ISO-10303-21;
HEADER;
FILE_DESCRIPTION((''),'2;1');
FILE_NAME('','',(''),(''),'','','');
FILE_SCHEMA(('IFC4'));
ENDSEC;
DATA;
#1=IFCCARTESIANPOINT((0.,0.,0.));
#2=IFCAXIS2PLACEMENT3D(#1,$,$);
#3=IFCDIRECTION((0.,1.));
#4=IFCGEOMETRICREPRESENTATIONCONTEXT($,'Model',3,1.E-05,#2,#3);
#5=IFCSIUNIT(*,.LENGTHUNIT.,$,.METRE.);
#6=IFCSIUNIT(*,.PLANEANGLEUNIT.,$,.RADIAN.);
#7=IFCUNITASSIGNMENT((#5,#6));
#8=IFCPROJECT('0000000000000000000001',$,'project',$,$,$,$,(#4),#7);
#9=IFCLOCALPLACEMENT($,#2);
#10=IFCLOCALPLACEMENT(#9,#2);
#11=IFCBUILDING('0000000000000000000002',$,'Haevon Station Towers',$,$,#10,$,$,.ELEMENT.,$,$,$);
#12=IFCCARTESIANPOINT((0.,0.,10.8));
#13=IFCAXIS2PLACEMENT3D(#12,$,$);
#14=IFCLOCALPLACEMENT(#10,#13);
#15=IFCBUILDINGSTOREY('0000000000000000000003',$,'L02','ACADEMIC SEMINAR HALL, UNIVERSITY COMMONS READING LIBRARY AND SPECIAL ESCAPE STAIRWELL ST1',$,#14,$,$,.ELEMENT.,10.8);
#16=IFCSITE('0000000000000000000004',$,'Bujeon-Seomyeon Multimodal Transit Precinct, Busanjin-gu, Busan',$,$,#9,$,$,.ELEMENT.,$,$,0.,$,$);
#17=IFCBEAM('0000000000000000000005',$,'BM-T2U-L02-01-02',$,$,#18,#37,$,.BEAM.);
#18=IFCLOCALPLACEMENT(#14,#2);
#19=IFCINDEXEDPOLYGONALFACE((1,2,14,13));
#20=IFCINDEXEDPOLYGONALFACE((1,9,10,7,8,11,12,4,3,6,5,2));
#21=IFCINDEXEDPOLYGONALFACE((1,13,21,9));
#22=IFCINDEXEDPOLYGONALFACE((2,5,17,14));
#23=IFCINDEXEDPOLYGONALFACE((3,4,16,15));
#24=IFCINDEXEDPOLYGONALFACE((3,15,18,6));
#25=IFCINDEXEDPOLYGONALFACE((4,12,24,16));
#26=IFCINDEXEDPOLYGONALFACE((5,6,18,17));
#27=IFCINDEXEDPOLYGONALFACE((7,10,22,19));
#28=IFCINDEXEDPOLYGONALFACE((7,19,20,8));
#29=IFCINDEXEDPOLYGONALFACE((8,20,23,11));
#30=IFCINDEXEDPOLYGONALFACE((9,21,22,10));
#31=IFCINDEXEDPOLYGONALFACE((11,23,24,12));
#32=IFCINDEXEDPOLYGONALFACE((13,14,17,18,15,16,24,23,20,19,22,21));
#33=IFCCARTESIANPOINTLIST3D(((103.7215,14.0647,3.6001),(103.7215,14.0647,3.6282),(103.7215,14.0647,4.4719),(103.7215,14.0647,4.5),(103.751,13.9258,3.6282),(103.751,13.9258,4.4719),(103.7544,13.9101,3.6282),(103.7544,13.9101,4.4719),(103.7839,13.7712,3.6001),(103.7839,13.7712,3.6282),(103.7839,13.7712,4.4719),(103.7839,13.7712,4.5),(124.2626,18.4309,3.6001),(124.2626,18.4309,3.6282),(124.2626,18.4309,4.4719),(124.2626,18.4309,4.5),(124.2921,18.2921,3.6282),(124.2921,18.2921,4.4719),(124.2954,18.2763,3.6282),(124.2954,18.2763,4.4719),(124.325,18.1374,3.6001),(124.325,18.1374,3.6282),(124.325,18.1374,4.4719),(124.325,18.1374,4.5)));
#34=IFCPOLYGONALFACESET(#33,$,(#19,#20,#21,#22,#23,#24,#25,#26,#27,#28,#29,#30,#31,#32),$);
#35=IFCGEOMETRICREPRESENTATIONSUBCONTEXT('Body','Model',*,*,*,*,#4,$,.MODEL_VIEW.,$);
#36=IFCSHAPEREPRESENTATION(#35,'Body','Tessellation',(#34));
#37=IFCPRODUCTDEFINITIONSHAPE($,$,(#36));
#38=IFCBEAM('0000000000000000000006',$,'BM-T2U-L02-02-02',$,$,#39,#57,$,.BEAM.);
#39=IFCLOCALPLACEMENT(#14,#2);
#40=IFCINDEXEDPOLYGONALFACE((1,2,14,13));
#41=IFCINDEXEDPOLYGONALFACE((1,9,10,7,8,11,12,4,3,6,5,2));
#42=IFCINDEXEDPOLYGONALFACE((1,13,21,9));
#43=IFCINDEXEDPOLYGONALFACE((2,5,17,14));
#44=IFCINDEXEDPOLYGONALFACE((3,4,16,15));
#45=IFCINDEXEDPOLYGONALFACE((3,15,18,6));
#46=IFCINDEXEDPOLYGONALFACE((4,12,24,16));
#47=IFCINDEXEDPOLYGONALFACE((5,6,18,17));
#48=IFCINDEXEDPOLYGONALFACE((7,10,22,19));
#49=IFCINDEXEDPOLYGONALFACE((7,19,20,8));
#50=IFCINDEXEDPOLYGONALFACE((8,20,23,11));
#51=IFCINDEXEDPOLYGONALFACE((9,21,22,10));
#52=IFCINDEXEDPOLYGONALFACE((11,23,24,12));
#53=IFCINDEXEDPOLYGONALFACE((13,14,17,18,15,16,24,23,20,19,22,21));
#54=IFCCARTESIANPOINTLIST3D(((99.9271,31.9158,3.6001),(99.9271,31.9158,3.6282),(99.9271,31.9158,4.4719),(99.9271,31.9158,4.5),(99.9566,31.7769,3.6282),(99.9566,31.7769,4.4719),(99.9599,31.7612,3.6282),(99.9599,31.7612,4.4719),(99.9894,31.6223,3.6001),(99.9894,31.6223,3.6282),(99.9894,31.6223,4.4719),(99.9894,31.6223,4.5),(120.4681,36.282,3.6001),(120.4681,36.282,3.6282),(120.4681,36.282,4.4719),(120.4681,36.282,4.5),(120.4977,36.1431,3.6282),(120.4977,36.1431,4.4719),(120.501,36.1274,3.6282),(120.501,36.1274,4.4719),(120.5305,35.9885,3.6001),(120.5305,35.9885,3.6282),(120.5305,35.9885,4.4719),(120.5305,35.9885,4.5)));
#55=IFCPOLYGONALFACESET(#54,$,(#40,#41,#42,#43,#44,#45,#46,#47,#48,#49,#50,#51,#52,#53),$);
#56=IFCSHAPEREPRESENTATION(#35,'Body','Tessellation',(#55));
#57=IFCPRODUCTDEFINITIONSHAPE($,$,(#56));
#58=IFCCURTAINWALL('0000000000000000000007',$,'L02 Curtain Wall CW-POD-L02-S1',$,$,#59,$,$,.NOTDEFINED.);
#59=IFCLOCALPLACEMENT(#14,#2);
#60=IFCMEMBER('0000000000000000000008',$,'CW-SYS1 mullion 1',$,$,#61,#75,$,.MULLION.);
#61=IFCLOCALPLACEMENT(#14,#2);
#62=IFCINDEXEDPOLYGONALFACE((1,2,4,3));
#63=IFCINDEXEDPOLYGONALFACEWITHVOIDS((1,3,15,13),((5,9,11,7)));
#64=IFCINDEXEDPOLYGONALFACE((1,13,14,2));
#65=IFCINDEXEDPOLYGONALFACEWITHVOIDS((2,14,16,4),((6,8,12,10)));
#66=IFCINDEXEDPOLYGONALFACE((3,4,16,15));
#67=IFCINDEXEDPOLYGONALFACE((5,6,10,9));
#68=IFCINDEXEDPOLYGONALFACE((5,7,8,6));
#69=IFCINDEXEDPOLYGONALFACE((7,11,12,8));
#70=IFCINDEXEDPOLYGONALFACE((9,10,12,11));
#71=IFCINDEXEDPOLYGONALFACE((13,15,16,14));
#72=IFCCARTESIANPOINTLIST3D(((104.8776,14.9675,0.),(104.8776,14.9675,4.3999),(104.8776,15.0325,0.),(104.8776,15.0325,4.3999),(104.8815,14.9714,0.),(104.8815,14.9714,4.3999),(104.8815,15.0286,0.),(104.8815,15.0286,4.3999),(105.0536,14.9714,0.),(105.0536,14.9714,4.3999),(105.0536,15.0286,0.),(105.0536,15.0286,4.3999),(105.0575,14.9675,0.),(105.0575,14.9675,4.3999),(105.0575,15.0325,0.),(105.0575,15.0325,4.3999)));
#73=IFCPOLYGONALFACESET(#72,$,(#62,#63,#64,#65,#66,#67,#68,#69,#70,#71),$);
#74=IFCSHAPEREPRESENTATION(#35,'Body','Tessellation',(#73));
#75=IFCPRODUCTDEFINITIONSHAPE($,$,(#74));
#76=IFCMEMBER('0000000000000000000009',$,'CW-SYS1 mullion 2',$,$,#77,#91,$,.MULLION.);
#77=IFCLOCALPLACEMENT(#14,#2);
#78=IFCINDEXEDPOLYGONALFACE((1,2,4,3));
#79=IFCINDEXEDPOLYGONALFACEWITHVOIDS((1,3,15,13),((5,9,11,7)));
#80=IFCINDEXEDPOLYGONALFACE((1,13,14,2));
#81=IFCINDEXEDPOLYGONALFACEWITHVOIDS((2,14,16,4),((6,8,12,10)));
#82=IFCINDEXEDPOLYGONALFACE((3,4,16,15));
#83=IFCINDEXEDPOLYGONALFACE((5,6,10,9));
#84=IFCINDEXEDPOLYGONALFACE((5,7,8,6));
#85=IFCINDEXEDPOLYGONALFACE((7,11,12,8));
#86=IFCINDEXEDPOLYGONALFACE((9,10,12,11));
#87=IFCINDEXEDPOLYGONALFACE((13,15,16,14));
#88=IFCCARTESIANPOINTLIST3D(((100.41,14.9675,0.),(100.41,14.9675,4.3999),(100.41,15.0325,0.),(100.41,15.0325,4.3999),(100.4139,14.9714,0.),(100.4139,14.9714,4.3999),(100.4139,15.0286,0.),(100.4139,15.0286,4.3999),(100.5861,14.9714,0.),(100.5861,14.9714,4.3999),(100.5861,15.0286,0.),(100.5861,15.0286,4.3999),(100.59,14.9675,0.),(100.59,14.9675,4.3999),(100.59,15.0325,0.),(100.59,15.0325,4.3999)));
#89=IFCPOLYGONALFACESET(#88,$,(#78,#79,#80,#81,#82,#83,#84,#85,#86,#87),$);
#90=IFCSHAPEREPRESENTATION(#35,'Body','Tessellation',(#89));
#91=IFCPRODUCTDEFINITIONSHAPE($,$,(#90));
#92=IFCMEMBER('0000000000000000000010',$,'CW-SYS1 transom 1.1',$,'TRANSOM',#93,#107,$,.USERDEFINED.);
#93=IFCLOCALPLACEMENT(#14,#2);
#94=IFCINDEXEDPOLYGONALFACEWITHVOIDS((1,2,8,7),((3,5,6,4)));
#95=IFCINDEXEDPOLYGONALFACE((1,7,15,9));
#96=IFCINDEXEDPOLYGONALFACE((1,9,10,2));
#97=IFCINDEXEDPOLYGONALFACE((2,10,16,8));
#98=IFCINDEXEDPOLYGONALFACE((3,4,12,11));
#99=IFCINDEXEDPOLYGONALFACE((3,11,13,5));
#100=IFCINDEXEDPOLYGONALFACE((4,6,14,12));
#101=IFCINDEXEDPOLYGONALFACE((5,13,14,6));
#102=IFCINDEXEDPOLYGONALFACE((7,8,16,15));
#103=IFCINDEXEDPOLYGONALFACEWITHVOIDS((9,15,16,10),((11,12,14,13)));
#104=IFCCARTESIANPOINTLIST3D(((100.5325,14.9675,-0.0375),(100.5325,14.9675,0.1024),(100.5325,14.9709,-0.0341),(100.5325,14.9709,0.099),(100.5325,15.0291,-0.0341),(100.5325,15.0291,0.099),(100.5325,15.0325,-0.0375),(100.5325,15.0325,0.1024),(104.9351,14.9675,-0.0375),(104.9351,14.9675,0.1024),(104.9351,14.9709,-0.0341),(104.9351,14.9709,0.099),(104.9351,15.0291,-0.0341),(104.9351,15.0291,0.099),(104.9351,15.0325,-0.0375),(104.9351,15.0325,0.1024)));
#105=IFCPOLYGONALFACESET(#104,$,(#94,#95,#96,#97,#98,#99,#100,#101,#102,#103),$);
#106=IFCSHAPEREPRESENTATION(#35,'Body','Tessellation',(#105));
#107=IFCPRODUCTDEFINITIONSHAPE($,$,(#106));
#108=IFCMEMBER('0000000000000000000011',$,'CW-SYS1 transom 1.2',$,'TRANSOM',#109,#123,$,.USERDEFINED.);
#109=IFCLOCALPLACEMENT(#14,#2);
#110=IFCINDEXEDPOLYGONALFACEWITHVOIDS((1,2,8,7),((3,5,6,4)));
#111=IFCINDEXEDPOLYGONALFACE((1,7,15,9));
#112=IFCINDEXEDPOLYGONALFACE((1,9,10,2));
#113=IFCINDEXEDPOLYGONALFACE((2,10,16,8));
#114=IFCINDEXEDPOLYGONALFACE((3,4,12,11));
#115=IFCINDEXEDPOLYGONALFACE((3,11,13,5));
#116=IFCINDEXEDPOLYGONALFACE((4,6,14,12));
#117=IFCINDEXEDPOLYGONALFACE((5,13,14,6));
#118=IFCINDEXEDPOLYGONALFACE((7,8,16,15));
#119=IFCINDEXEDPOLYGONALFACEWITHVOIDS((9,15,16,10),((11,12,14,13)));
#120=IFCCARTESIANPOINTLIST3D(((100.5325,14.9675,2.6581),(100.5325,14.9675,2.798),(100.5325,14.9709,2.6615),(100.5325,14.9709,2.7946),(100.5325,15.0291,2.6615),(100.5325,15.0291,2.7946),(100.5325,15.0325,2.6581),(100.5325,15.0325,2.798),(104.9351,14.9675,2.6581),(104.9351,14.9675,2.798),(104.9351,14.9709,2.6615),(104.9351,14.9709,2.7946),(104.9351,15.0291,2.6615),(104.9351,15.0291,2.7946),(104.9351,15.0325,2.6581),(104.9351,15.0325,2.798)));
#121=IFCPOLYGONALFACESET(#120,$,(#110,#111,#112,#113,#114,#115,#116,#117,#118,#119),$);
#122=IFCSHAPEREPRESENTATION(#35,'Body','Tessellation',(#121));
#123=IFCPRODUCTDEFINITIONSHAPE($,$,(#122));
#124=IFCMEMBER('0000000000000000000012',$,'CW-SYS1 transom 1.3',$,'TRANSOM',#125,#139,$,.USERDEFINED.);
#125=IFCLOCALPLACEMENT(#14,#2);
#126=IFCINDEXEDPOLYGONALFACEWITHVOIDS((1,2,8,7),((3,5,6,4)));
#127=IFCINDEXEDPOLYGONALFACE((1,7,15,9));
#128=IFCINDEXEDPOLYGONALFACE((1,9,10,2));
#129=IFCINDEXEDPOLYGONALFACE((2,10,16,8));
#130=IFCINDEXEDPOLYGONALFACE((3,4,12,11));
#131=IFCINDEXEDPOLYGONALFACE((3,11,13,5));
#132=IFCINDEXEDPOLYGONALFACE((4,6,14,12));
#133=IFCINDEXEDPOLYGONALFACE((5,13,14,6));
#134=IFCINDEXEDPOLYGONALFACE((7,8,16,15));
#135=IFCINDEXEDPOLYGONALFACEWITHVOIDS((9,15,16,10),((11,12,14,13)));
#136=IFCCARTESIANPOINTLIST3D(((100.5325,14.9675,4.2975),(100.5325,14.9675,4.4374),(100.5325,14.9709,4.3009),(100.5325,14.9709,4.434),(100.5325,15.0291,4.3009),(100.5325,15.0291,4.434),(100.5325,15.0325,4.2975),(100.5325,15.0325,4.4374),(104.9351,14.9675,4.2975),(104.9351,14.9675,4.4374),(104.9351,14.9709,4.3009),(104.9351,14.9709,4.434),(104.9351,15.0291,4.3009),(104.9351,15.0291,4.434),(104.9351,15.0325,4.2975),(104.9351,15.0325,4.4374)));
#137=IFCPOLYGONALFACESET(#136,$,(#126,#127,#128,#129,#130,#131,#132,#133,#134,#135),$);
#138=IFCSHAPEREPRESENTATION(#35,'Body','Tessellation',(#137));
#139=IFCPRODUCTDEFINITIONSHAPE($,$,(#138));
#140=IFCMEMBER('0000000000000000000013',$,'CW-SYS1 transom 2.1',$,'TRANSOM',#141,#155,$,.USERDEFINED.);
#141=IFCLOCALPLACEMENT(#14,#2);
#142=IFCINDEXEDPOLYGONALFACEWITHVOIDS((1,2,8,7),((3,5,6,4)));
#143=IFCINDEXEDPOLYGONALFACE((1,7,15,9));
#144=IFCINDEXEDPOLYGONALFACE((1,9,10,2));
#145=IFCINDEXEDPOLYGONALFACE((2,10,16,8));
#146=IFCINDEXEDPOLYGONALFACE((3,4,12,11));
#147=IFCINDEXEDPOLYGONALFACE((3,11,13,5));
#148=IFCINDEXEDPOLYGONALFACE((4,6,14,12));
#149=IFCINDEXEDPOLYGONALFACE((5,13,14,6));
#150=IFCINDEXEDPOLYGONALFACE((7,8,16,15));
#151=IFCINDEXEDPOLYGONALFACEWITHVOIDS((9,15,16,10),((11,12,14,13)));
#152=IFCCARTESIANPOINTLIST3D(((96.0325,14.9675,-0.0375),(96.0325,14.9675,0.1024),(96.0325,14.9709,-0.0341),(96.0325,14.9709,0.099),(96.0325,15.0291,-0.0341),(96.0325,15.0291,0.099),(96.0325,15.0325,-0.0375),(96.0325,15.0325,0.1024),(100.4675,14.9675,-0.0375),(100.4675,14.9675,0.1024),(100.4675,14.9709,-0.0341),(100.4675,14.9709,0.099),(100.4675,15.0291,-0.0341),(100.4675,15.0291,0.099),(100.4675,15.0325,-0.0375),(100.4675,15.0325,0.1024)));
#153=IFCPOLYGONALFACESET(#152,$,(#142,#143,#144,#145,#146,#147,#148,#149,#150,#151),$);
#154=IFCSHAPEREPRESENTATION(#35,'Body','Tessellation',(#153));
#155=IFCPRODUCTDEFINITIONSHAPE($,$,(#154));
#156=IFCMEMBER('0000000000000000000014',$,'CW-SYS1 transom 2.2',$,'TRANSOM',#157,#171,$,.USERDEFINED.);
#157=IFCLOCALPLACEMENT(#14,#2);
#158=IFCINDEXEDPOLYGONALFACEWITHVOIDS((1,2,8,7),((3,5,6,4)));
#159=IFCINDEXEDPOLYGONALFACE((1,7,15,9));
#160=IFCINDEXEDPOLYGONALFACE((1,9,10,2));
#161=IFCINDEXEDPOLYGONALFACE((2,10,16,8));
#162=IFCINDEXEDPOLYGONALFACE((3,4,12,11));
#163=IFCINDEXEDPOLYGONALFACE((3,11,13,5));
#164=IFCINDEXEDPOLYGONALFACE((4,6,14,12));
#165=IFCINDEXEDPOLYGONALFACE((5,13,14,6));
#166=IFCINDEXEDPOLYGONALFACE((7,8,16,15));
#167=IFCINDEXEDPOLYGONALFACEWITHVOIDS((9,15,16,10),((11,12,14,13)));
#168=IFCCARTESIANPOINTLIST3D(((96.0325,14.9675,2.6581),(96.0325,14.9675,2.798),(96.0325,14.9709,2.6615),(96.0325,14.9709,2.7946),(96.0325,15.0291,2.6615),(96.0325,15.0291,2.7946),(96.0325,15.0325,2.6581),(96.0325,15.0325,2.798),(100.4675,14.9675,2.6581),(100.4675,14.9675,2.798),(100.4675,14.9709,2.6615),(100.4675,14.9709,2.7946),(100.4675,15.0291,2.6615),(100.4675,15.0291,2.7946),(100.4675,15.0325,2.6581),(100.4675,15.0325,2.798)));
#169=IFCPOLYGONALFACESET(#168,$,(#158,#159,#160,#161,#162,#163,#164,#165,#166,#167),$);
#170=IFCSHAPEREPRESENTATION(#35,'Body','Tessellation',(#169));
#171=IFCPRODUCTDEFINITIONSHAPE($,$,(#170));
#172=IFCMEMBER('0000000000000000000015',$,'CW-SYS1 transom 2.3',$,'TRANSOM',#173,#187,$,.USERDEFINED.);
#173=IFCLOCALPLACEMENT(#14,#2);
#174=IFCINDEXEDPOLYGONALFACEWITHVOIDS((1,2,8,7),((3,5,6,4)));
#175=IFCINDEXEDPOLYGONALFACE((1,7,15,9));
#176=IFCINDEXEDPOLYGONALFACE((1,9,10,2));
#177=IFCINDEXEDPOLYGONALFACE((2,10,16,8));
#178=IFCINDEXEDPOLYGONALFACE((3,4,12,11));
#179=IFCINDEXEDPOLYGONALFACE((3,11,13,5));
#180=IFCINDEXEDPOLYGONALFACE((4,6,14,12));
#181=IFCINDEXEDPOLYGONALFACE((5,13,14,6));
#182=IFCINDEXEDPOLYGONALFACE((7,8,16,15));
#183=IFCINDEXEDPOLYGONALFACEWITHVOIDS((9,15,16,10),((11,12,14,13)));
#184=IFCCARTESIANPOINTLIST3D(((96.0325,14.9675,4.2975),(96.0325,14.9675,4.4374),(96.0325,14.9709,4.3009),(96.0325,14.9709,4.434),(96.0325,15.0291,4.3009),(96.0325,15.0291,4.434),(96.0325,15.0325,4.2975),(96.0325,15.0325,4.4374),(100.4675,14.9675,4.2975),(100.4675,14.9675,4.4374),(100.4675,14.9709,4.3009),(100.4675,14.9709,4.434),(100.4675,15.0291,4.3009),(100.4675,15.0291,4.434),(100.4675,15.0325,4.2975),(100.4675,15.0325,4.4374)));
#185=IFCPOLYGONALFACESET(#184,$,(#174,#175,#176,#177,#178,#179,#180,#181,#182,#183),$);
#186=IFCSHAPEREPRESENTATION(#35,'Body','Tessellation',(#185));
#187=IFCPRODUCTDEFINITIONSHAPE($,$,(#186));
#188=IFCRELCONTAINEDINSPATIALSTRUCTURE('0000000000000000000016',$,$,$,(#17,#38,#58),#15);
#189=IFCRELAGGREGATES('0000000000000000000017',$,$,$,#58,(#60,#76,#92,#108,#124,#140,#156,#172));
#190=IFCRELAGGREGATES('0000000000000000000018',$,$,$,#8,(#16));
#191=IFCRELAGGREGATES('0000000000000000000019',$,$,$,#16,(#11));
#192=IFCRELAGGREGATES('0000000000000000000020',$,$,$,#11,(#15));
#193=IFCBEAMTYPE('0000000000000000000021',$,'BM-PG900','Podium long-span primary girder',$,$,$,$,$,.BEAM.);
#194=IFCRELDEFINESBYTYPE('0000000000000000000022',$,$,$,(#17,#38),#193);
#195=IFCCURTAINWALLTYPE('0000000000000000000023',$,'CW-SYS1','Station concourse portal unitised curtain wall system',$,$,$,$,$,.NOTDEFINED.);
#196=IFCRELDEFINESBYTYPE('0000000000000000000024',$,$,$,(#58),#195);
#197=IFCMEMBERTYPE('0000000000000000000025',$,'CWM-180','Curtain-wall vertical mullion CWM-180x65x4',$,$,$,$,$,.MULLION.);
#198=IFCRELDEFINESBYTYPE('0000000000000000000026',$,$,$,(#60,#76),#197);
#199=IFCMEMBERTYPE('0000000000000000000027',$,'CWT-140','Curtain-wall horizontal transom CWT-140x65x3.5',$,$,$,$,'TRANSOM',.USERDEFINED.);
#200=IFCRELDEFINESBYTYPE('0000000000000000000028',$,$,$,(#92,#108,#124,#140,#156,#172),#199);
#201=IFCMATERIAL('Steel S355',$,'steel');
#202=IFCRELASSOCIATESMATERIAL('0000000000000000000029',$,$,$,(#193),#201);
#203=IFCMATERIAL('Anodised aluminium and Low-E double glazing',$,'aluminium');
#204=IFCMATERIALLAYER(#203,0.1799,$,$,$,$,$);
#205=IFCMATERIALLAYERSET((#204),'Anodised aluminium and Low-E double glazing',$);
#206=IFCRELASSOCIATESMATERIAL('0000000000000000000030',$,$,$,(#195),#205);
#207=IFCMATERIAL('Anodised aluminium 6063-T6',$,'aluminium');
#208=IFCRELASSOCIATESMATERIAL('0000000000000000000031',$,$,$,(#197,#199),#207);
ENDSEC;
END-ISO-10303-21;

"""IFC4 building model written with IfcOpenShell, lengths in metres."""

from ifc_helpers import new_model, si_unit, direction, frame, origin, origin_2d, place, context, subcontext, project, spatial, hollow_rectangle, i_section, extrude, material, layer, layer_set, material_profile, profile_set, type_object, element, aggregate, save


model = new_model("IFC4")

# Units and contexts
model_context = context("Model", 3, precision=1e-05, world=origin(), true_north=direction((0.0, 1.0)))
body_context = subcontext(model_context, "Body", "Model", "MODEL_VIEW")
ifc_project = project(units=[si_unit("LENGTHUNIT", "METRE"), si_unit("PLANEANGLEUNIT", "RADIAN")], contexts=[model_context])

# Site, building, storey
site_placement = place(None, origin())
site = spatial("IfcSite", under=ifc_project, at=site_placement, Name="Bujeon-Seomyeon Multimodal Transit Precinct, Busanjin-gu, Busan", CompositionType="ELEMENT", RefElevation=0.0)
building_placement = place(site_placement, origin())
building = spatial("IfcBuilding", under=site, at=building_placement, Name="Haevon Station Towers", CompositionType="ELEMENT")
storey_placement = place(building_placement, frame((0.0, 0.0, 10.8)))
storey = spatial("IfcBuildingStorey", under=building, at=storey_placement, Name="L02", Description="ACADEMIC SEMINAR HALL, UNIVERSITY COMMONS READING LIBRARY AND SPECIAL ESCAPE STAIRWELL ST1", CompositionType="ELEMENT", Elevation=10.8)

# Beams
ifc_material_1 = material(Name="Steel S355", Category="steel")
ifc_material_profile_1 = material_profile(ifc_material_1, i_section(OverallWidth=0.3, OverallDepth=0.8999, WebThickness=0.0161, FlangeThickness=0.0281, at=origin_2d()), Name="H-900x300x16x28")
ifc_profile_set_1 = profile_set([ifc_material_profile_1], Name="Steel S355")
beam_type_1 = type_object("IfcBeamType", Name="BM-PG900", Description="Podium long-span primary girder", PredefinedType="BEAM", material=ifc_profile_set_1)
for number, where, z_axis, x_axis, name in (
    (1, (103.7527, 13.918, 4.05), (0.978147, 0.207915, 0.0), (-0.207915, 0.978147, 0.0), "BM-T2U-L02-01-02"),
    (2, (99.9583, 31.769, 4.05), (0.978147, 0.207915, 0.0), (-0.207915, 0.978147, 0.0), "BM-T2U-L02-02-02"),
):
    element("IfcBeam", number, at=place(storey_placement, frame(where, z_axis=z_axis, x_axis=x_axis)), inside=storey, type_object=beam_type_1, Name=name, PredefinedType="BEAM", context=body_context, shape_type="SweptSolid", body=[
        extrude(i_section(OverallWidth=0.3, OverallDepth=0.8999, WebThickness=0.0161, FlangeThickness=0.0281, at=origin_2d()), origin(), (0.0, 0.0, 1.0), 21.0),
    ])

# Curtain wall, members
ifc_material_2 = material(Name="Anodised aluminium and Low-E double glazing", Category="aluminium")
ifc_layer_1 = layer(ifc_material_2, 0.1799)
ifc_layer_set_1 = layer_set([ifc_layer_1], Name="Anodised aluminium and Low-E double glazing")
curtain_wall_type = type_object("IfcCurtainWallType", Name="CW-SYS1", Description="Station concourse portal unitised curtain wall system", PredefinedType="NOTDEFINED", material=ifc_layer_set_1)
curtain_wall_placement = place(storey_placement, origin())
curtain_wall = element("IfcCurtainWall", 3, at=curtain_wall_placement, inside=storey, type_object=curtain_wall_type, Name="L02 Curtain Wall CW-POD-L02-S1", PredefinedType="NOTDEFINED")
ifc_material_3 = material(Name="Anodised aluminium 6063-T6", Category="aluminium")
ifc_material_profile_2 = material_profile(ifc_material_3, hollow_rectangle(XDim=0.0649, YDim=0.1799, WallThickness=0.0039, at=origin_2d()), Name="CWM-180x65x4")
ifc_profile_set_2 = profile_set([ifc_material_profile_2], Name="Anodised aluminium 6063-T6")
member_type_1 = type_object("IfcMemberType", Name="CWM-180", Description="Curtain-wall vertical mullion CWM-180x65x4", PredefinedType="MULLION", material=ifc_profile_set_2)
member_1_placement = place(storey_placement, frame((104.9675, 15.0, 0.0), z_axis=(0.0, 0.0, 1.0), x_axis=(0.0, -1.0, 0.0)))
member_1 = element("IfcMember", 4, at=member_1_placement, type_object=member_type_1, Name="CW-SYS1 mullion 1", PredefinedType="MULLION", context=body_context, shape_type="SweptSolid", body=[
    extrude(hollow_rectangle(XDim=0.0649, YDim=0.1799, WallThickness=0.0039, at=origin_2d()), origin(), (0.0, 0.0, 1.0), 4.3999),
])
member_2_placement = place(storey_placement, frame((100.5, 15.0, 0.0), z_axis=(0.0, 0.0, 1.0), x_axis=(0.0, -1.0, 0.0)))
member_2 = element("IfcMember", 5, at=member_2_placement, type_object=member_type_1, Name="CW-SYS1 mullion 2", PredefinedType="MULLION", context=body_context, shape_type="SweptSolid", body=[
    extrude(hollow_rectangle(XDim=0.0649, YDim=0.1799, WallThickness=0.0039, at=origin_2d()), origin(), (0.0, 0.0, 1.0), 4.3999),
])
ifc_material_profile_3 = material_profile(ifc_material_3, hollow_rectangle(XDim=0.0649, YDim=0.1399, WallThickness=0.0034, at=origin_2d()), Name="CWT-140x65x3.5")
ifc_profile_set_3 = profile_set([ifc_material_profile_3], Name="Anodised aluminium 6063-T6")
member_type_2 = type_object("IfcMemberType", Name="CWT-140", Description="Curtain-wall horizontal transom CWT-140x65x3.5", ElementType="TRANSOM", PredefinedType="USERDEFINED", material=ifc_profile_set_3)
member_3_placement = place(storey_placement, frame((104.9351, 15.0, 0.0325), z_axis=(-1.0, 0.0, 0.0), x_axis=(0.0, -1.0, 0.0)))
member_3 = element("IfcMember", 6, at=member_3_placement, type_object=member_type_2, Name="CW-SYS1 transom 1.1", ObjectType="TRANSOM", PredefinedType="USERDEFINED", context=body_context, shape_type="SweptSolid", body=[
    extrude(hollow_rectangle(XDim=0.0649, YDim=0.1399, WallThickness=0.0034, at=origin_2d()), origin(), (0.0, 0.0, 1.0), 4.4026),
])
member_4_placement = place(storey_placement, frame((104.9351, 15.0, 2.728), z_axis=(-1.0, 0.0, 0.0), x_axis=(0.0, -1.0, 0.0)))
member_4 = element("IfcMember", 7, at=member_4_placement, type_object=member_type_2, Name="CW-SYS1 transom 1.2", ObjectType="TRANSOM", PredefinedType="USERDEFINED", context=body_context, shape_type="SweptSolid", body=[
    extrude(hollow_rectangle(XDim=0.0649, YDim=0.1399, WallThickness=0.0034, at=origin_2d()), origin(), (0.0, 0.0, 1.0), 4.4026),
])
member_5_placement = place(storey_placement, frame((104.9351, 15.0, 4.3674), z_axis=(-1.0, 0.0, 0.0), x_axis=(0.0, -1.0, 0.0)))
member_5 = element("IfcMember", 8, at=member_5_placement, type_object=member_type_2, Name="CW-SYS1 transom 1.3", ObjectType="TRANSOM", PredefinedType="USERDEFINED", context=body_context, shape_type="SweptSolid", body=[
    extrude(hollow_rectangle(XDim=0.0649, YDim=0.1399, WallThickness=0.0034, at=origin_2d()), origin(), (0.0, 0.0, 1.0), 4.4026),
])
member_6_placement = place(storey_placement, frame((100.4675, 15.0, 0.0325), z_axis=(-1.0, 0.0, 0.0), x_axis=(0.0, -1.0, 0.0)))
member_6 = element("IfcMember", 9, at=member_6_placement, type_object=member_type_2, Name="CW-SYS1 transom 2.1", ObjectType="TRANSOM", PredefinedType="USERDEFINED", context=body_context, shape_type="SweptSolid", body=[
    extrude(hollow_rectangle(XDim=0.0649, YDim=0.1399, WallThickness=0.0034, at=origin_2d()), origin(), (0.0, 0.0, 1.0), 4.4351),
])
member_7_placement = place(storey_placement, frame((100.4675, 15.0, 2.728), z_axis=(-1.0, 0.0, 0.0), x_axis=(0.0, -1.0, 0.0)))
member_7 = element("IfcMember", 10, at=member_7_placement, type_object=member_type_2, Name="CW-SYS1 transom 2.2", ObjectType="TRANSOM", PredefinedType="USERDEFINED", context=body_context, shape_type="SweptSolid", body=[
    extrude(hollow_rectangle(XDim=0.0649, YDim=0.1399, WallThickness=0.0034, at=origin_2d()), origin(), (0.0, 0.0, 1.0), 4.4351),
])
member_8_placement = place(storey_placement, frame((100.4675, 15.0, 4.3674), z_axis=(-1.0, 0.0, 0.0), x_axis=(0.0, -1.0, 0.0)))
member_8 = element("IfcMember", 11, at=member_8_placement, type_object=member_type_2, Name="CW-SYS1 transom 2.3", ObjectType="TRANSOM", PredefinedType="USERDEFINED", context=body_context, shape_type="SweptSolid", body=[
    extrude(hollow_rectangle(XDim=0.0649, YDim=0.1399, WallThickness=0.0034, at=origin_2d()), origin(), (0.0, 0.0, 1.0), 4.4351),
])
aggregate(curtain_wall, [member_1, member_2, member_3, member_4, member_5, member_6, member_7, member_8])

save(model, "model.ifc")
